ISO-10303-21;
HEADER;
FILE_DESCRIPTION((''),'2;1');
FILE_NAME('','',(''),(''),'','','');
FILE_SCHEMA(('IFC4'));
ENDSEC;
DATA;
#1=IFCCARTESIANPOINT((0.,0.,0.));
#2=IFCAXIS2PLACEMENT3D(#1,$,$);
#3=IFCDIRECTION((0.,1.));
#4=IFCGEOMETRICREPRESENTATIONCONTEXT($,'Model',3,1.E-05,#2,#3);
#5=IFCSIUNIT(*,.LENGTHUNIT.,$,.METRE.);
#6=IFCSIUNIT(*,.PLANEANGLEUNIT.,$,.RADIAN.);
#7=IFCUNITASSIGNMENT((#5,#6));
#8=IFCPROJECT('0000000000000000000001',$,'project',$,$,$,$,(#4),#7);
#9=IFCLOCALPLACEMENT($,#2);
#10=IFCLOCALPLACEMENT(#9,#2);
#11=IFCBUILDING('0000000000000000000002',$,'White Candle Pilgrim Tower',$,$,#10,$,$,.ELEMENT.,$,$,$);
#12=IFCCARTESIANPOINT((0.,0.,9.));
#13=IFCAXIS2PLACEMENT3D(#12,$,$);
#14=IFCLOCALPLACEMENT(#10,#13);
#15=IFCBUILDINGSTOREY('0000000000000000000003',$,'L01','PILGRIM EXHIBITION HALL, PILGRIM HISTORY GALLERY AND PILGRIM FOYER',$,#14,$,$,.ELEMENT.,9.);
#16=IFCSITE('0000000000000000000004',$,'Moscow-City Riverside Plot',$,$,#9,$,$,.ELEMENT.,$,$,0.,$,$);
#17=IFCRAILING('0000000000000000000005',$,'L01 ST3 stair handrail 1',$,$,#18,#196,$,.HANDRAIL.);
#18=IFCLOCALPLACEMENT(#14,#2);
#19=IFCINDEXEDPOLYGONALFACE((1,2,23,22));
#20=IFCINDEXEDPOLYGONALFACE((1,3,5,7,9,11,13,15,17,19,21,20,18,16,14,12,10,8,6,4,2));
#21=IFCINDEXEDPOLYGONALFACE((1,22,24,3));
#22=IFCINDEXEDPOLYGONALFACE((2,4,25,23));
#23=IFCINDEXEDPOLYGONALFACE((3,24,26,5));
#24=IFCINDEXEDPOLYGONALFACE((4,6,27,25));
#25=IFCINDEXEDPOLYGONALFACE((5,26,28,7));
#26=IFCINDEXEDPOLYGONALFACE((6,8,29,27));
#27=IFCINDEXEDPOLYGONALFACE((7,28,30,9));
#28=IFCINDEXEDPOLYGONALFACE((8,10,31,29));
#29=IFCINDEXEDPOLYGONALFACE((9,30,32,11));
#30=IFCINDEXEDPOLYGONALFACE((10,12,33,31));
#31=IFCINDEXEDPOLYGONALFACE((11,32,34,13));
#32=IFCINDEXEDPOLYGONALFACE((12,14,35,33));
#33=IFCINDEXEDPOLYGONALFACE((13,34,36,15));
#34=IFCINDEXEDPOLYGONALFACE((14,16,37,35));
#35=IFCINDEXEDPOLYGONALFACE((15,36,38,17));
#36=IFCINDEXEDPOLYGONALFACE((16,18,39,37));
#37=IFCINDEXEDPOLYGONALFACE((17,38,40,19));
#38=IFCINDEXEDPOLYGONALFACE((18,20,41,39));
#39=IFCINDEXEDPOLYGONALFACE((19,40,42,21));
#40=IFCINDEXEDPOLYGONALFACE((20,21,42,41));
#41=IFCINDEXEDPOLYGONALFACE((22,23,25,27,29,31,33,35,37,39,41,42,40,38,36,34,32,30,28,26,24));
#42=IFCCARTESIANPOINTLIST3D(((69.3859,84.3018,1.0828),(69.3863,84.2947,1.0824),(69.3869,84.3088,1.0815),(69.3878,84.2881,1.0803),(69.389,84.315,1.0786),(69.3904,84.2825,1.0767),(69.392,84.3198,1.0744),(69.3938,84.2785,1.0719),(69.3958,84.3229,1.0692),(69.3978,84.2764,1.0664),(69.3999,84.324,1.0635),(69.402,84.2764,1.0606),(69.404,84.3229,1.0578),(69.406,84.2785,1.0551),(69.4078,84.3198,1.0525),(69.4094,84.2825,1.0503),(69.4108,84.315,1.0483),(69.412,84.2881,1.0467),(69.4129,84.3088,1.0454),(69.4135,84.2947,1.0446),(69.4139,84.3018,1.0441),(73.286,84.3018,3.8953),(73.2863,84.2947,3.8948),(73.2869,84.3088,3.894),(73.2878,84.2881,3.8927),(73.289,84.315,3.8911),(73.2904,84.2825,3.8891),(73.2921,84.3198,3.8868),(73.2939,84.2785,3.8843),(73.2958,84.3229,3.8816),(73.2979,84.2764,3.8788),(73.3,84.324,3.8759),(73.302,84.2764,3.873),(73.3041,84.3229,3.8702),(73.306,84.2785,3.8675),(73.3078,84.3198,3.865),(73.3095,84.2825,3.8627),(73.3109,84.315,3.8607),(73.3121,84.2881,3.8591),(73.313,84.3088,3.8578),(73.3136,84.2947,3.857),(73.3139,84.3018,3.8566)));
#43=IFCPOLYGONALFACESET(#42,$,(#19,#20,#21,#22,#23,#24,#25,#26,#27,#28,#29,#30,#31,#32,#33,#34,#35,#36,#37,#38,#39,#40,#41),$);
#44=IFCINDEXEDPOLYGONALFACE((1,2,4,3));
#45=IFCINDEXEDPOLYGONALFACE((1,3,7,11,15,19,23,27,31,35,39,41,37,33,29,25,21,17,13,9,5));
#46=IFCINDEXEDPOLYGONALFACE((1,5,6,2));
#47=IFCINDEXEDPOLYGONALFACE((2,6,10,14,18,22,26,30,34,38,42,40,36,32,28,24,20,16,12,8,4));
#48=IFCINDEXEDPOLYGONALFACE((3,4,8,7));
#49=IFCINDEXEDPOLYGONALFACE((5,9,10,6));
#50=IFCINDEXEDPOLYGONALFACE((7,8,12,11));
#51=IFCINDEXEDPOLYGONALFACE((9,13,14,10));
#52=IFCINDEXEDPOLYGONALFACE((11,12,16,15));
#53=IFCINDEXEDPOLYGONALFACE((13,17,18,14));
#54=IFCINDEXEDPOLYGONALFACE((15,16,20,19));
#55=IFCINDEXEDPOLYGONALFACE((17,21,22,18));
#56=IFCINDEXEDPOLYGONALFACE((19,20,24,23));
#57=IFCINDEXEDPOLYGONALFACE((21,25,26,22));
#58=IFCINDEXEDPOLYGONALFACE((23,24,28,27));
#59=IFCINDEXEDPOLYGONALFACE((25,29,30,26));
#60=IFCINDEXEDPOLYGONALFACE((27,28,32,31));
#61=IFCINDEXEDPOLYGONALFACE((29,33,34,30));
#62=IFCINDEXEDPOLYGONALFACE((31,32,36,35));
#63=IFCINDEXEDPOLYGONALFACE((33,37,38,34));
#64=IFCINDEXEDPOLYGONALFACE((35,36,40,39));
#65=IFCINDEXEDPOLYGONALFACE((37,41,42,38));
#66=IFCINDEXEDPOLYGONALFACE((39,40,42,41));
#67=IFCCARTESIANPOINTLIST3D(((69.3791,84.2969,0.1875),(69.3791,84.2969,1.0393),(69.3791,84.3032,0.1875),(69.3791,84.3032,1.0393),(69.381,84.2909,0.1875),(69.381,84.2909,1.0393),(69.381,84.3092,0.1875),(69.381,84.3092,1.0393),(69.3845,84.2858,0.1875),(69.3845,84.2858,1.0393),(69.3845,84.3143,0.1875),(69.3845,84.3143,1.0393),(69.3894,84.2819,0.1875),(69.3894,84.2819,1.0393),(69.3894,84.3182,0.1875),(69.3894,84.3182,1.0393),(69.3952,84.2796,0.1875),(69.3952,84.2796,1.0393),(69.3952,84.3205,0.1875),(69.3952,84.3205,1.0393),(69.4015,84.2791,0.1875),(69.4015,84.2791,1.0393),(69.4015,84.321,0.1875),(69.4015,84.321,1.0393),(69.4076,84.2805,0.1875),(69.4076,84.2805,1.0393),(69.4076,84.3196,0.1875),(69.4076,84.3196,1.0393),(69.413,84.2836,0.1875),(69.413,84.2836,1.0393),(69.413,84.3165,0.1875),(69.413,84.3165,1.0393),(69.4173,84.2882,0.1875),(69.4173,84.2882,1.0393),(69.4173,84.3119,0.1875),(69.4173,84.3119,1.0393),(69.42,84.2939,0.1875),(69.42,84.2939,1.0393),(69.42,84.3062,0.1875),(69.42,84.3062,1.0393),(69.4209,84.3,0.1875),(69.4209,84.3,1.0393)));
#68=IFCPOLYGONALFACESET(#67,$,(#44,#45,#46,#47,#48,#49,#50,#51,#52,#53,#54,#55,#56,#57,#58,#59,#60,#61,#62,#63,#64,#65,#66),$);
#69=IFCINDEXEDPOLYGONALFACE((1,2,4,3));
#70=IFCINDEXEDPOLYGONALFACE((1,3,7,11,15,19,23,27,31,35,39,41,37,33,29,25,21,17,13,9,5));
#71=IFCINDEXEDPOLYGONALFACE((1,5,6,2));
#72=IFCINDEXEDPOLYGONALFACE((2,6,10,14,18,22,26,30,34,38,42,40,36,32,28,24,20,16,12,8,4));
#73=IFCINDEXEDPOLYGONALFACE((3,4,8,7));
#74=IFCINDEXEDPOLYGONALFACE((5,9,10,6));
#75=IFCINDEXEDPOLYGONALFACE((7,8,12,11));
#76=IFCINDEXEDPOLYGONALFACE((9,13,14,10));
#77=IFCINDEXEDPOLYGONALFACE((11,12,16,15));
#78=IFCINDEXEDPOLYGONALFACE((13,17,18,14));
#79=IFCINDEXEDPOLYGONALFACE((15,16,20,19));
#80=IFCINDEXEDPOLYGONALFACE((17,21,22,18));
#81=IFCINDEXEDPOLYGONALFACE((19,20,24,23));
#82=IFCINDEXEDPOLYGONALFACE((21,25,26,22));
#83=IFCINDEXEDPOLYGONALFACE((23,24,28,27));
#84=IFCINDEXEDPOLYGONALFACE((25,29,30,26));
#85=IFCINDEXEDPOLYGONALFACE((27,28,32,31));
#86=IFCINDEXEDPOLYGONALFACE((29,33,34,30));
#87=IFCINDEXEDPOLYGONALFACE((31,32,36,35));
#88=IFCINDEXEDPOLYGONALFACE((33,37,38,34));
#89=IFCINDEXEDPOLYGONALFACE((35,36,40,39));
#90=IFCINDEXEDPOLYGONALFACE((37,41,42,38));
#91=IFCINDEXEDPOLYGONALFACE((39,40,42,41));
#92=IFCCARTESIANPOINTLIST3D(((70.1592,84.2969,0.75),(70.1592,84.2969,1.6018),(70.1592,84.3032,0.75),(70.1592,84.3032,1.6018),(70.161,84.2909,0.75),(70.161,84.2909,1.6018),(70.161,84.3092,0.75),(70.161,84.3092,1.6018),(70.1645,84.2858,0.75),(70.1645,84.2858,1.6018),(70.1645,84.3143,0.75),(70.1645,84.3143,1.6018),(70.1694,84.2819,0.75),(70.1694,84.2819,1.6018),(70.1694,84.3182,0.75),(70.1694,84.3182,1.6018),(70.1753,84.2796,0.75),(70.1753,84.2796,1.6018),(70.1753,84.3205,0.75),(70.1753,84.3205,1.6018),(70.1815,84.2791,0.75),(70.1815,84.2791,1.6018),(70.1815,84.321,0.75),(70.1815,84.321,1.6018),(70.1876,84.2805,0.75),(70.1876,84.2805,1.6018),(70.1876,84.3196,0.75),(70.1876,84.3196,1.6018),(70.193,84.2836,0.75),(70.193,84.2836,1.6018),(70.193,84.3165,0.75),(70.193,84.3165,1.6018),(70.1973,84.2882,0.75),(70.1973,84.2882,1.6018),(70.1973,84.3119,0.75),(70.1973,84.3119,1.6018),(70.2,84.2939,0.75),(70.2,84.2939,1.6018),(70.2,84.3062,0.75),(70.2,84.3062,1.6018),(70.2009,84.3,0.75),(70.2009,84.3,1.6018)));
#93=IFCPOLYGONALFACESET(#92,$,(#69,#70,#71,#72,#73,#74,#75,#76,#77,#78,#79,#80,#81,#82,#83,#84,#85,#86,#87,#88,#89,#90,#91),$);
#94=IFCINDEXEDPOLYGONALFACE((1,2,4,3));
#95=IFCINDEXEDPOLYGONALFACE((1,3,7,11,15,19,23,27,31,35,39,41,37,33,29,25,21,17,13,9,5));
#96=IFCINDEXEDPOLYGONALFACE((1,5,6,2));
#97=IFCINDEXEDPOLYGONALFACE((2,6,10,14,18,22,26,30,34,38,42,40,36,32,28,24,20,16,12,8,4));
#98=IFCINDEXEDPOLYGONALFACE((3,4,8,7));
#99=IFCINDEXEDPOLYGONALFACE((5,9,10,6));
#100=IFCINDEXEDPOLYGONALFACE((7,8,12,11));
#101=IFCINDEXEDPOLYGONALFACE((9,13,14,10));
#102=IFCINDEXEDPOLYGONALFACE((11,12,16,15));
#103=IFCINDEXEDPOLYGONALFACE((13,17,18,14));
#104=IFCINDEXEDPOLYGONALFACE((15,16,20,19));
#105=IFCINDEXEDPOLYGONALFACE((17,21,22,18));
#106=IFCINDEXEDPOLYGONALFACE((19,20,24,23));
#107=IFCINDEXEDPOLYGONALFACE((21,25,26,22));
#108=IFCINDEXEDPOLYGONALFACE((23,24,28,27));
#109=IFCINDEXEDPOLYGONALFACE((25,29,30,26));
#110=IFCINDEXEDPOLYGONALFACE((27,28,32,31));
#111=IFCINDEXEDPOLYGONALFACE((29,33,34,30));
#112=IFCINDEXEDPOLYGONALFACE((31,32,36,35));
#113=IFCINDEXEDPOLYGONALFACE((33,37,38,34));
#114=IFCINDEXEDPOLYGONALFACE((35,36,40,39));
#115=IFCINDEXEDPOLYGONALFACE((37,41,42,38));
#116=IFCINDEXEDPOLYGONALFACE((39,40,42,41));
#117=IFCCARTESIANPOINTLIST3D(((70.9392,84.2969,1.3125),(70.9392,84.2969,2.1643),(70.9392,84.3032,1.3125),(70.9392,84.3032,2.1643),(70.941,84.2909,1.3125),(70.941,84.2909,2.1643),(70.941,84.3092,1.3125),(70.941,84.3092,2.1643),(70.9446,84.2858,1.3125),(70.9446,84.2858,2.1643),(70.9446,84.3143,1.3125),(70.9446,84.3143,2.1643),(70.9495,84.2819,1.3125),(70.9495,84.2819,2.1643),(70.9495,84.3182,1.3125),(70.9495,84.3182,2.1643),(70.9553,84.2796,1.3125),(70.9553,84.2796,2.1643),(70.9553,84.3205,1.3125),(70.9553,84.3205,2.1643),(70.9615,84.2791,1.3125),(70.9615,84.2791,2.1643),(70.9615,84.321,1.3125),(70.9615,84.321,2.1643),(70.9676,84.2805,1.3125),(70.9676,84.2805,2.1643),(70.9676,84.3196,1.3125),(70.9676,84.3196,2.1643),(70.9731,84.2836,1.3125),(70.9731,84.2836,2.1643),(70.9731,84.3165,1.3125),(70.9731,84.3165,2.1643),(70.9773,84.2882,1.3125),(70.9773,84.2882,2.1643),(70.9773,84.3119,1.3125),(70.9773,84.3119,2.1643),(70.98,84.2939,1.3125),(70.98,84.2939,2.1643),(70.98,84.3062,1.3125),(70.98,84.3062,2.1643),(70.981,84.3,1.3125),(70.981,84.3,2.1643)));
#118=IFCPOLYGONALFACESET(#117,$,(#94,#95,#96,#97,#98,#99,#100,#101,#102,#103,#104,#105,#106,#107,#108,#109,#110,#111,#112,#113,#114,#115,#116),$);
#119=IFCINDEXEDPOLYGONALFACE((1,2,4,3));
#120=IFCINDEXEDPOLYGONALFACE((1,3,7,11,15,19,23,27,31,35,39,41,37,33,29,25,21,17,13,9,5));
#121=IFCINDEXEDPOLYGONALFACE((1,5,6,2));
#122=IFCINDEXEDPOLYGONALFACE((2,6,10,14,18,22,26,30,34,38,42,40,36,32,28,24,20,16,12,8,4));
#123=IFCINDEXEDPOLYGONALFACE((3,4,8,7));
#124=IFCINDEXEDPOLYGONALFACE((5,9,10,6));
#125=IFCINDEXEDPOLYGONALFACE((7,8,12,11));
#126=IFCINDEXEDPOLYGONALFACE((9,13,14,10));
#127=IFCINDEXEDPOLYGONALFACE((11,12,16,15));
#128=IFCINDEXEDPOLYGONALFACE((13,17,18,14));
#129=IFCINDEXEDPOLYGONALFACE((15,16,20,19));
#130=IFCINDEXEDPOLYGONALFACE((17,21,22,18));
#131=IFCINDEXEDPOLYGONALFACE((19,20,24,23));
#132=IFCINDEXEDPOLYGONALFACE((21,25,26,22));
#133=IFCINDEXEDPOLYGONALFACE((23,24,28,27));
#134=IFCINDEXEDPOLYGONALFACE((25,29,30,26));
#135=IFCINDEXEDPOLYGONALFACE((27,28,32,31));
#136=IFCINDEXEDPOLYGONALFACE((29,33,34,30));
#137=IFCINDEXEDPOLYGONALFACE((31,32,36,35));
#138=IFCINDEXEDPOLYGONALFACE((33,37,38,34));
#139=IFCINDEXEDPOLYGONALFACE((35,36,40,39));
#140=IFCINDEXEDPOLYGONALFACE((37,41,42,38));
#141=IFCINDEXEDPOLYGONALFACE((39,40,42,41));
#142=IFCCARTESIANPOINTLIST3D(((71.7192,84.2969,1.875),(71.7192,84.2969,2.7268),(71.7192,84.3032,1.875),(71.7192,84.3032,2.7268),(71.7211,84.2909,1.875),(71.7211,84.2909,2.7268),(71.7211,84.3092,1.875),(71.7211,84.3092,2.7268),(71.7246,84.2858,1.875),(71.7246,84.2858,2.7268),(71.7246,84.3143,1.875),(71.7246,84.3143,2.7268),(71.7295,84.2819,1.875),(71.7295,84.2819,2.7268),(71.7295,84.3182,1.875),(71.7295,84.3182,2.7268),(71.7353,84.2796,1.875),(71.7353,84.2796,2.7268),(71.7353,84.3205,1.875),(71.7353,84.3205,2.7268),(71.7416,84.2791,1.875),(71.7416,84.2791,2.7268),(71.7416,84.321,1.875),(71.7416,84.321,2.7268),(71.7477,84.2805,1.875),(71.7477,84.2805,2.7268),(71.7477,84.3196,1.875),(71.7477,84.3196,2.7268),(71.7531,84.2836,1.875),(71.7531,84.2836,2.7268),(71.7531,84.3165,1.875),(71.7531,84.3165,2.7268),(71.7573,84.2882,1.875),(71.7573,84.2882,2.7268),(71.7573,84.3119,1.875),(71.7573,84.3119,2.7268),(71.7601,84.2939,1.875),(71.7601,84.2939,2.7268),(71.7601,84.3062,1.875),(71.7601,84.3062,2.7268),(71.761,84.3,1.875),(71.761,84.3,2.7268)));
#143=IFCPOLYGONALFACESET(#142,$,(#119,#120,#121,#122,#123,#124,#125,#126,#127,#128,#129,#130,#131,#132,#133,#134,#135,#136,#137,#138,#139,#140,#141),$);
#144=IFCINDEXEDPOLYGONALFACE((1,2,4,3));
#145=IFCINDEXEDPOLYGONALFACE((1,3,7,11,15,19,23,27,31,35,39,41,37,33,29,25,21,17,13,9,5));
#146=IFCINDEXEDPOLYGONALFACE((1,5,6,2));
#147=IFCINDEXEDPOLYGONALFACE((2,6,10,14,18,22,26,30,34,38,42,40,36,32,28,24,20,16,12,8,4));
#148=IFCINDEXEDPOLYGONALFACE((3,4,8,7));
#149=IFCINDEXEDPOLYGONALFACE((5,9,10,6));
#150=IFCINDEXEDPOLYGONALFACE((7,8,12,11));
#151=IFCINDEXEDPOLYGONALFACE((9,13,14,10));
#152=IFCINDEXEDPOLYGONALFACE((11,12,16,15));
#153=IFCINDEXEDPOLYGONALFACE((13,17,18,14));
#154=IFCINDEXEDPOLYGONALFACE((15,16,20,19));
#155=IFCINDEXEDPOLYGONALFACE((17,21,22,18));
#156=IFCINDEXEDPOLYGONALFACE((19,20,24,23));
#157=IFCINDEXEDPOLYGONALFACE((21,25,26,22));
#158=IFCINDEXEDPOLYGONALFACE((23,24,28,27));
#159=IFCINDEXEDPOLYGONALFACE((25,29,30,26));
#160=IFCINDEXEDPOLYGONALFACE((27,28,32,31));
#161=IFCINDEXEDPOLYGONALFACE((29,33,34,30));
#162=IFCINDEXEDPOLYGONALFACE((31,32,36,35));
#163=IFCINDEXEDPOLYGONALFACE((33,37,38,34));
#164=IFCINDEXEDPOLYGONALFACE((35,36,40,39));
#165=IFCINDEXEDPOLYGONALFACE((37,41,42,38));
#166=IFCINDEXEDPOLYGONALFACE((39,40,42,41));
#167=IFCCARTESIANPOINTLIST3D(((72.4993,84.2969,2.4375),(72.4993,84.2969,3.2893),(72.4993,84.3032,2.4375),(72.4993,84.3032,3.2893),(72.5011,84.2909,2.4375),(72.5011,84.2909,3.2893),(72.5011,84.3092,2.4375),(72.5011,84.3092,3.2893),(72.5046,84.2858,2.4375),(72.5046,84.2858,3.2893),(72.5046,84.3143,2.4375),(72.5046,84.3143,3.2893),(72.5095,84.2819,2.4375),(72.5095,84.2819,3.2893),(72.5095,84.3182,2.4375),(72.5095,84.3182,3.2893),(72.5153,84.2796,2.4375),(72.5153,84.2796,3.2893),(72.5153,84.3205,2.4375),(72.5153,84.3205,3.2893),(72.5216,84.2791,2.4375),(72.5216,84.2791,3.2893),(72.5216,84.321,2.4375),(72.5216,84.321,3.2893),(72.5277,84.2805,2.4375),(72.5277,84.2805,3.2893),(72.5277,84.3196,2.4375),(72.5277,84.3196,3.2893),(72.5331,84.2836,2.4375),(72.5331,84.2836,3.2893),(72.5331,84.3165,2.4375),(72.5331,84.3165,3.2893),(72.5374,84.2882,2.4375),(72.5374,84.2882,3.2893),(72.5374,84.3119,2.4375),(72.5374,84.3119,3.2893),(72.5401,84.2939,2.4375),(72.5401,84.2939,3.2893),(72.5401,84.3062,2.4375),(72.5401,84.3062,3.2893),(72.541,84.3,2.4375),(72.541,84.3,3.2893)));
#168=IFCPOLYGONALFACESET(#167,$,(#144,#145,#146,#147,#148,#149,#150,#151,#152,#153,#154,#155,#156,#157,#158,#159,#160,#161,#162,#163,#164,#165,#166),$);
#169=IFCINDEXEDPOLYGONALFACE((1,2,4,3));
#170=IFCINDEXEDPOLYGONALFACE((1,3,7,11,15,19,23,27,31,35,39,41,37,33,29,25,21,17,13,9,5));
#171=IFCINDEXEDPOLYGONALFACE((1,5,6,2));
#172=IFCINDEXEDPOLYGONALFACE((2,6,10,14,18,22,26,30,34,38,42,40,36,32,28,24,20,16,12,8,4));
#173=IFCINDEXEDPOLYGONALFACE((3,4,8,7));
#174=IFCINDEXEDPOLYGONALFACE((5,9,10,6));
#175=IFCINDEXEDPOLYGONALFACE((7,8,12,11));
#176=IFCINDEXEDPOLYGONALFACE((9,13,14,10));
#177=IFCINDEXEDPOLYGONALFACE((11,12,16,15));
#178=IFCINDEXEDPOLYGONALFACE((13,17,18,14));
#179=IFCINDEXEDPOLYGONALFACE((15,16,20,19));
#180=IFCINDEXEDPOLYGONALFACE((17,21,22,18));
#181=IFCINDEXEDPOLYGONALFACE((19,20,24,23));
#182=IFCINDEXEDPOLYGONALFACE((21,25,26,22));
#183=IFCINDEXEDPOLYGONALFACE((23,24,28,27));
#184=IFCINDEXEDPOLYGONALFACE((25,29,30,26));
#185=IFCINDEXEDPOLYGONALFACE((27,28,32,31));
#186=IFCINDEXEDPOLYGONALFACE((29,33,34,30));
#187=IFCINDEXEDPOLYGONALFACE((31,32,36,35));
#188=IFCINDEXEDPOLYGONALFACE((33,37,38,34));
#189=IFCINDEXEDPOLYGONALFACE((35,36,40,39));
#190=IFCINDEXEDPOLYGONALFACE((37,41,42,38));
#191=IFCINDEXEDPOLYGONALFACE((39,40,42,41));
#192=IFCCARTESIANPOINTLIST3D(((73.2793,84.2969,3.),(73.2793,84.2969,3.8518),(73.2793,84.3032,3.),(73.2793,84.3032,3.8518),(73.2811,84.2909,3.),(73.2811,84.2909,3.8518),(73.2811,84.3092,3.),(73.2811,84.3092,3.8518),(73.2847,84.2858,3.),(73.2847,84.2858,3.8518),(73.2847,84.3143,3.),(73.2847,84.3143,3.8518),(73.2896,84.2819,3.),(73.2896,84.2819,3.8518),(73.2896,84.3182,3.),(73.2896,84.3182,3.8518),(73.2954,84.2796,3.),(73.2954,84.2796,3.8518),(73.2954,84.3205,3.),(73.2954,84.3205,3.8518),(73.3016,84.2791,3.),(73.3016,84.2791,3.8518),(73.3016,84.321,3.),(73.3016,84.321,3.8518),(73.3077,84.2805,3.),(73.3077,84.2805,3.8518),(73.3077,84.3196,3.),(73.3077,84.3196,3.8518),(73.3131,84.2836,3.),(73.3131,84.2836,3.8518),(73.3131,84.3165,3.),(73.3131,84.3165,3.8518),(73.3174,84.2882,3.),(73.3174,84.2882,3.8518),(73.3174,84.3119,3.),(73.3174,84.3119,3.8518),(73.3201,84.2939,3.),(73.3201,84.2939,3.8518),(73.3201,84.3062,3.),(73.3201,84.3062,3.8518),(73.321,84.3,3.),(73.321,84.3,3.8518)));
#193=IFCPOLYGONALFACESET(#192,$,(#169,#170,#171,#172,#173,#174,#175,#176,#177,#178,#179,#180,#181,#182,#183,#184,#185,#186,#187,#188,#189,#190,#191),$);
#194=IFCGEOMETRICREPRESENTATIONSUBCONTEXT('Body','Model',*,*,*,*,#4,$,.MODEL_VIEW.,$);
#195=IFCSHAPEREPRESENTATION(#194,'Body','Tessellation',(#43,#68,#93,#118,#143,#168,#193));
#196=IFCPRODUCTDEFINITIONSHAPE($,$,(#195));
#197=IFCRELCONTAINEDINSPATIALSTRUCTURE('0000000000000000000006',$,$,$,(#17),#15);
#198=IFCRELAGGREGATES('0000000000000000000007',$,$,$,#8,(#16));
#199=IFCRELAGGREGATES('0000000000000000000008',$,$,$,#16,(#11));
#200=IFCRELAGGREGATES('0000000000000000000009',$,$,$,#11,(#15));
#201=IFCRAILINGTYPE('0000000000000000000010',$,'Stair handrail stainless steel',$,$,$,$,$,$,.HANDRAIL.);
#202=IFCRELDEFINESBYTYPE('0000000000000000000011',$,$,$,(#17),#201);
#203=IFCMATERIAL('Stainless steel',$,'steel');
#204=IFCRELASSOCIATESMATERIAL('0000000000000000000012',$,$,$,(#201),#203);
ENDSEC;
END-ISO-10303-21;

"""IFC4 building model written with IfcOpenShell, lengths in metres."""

from ifc_helpers import new_model, si_unit, direction, frame, origin, origin_2d, place, context, subcontext, project, spatial, circle, extrude, material, type_object, element, save


model = new_model("IFC4")

# Units and contexts
model_context = context("Model", 3, precision=1e-05, world=origin(), true_north=direction((0.0, 1.0)))
body_context = subcontext(model_context, "Body", "Model", "MODEL_VIEW")
ifc_project = project(units=[si_unit("LENGTHUNIT", "METRE"), si_unit("PLANEANGLEUNIT", "RADIAN")], contexts=[model_context])

# Site, building, storey
site_placement = place(None, origin())
site = spatial("IfcSite", under=ifc_project, at=site_placement, Name="Moscow-City Riverside Plot", CompositionType="ELEMENT", RefElevation=0.0)
building_placement = place(site_placement, origin())
building = spatial("IfcBuilding", under=site, at=building_placement, Name="White Candle Pilgrim Tower", CompositionType="ELEMENT")
storey_placement = place(building_placement, frame((0.0, 0.0, 9.0)))
storey = spatial("IfcBuildingStorey", under=building, at=storey_placement, Name="L01", Description="PILGRIM EXHIBITION HALL, PILGRIM HISTORY GALLERY AND PILGRIM FOYER", CompositionType="ELEMENT", Elevation=9.0)

# Railing
ifc_material_1 = material(Name="Stainless steel", Category="steel")
railing_type_1 = type_object("IfcRailingType", Name="Stair handrail stainless steel", PredefinedType="HANDRAIL", material=ifc_material_1)
railing_1_placement = place(storey_placement, frame((69.3999, 84.3, 0.1875)))
element("IfcRailing", 1, at=railing_1_placement, inside=storey, type_object=railing_type_1, Name="L01 ST3 stair handrail 1", PredefinedType="HANDRAIL", context=body_context, shape_type="SweptSolid", body=[
    extrude(circle(Radius=0.0239, at=origin_2d()), frame((0.0, 0.0, 0.876), z_axis=(0.811101, 0.0, 0.584906), x_axis=(0.0, 1.0, 0.0)), (0.0, 0.0, 1.0), 4.8083),
    extrude(circle(Radius=0.021, at=origin_2d()), origin(), (0.0, 0.0, 1.0), 0.8518),
    extrude(circle(Radius=0.021, at=origin_2d()), frame((0.78, 0.0, 0.5625)), (0.0, 0.0, 1.0), 0.8518),
    extrude(circle(Radius=0.021, at=origin_2d()), frame((1.5601, 0.0, 1.125)), (0.0, 0.0, 1.0), 0.8518),
    extrude(circle(Radius=0.021, at=origin_2d()), frame((2.3401, 0.0, 1.6875)), (0.0, 0.0, 1.0), 0.8518),
    extrude(circle(Radius=0.021, at=origin_2d()), frame((3.1201, 0.0, 2.25)), (0.0, 0.0, 1.0), 0.8518),
    extrude(circle(Radius=0.021, at=origin_2d()), frame((3.9001, 0.0, 2.8125)), (0.0, 0.0, 1.0), 0.8518),
])

save(model, "model.ifc")
